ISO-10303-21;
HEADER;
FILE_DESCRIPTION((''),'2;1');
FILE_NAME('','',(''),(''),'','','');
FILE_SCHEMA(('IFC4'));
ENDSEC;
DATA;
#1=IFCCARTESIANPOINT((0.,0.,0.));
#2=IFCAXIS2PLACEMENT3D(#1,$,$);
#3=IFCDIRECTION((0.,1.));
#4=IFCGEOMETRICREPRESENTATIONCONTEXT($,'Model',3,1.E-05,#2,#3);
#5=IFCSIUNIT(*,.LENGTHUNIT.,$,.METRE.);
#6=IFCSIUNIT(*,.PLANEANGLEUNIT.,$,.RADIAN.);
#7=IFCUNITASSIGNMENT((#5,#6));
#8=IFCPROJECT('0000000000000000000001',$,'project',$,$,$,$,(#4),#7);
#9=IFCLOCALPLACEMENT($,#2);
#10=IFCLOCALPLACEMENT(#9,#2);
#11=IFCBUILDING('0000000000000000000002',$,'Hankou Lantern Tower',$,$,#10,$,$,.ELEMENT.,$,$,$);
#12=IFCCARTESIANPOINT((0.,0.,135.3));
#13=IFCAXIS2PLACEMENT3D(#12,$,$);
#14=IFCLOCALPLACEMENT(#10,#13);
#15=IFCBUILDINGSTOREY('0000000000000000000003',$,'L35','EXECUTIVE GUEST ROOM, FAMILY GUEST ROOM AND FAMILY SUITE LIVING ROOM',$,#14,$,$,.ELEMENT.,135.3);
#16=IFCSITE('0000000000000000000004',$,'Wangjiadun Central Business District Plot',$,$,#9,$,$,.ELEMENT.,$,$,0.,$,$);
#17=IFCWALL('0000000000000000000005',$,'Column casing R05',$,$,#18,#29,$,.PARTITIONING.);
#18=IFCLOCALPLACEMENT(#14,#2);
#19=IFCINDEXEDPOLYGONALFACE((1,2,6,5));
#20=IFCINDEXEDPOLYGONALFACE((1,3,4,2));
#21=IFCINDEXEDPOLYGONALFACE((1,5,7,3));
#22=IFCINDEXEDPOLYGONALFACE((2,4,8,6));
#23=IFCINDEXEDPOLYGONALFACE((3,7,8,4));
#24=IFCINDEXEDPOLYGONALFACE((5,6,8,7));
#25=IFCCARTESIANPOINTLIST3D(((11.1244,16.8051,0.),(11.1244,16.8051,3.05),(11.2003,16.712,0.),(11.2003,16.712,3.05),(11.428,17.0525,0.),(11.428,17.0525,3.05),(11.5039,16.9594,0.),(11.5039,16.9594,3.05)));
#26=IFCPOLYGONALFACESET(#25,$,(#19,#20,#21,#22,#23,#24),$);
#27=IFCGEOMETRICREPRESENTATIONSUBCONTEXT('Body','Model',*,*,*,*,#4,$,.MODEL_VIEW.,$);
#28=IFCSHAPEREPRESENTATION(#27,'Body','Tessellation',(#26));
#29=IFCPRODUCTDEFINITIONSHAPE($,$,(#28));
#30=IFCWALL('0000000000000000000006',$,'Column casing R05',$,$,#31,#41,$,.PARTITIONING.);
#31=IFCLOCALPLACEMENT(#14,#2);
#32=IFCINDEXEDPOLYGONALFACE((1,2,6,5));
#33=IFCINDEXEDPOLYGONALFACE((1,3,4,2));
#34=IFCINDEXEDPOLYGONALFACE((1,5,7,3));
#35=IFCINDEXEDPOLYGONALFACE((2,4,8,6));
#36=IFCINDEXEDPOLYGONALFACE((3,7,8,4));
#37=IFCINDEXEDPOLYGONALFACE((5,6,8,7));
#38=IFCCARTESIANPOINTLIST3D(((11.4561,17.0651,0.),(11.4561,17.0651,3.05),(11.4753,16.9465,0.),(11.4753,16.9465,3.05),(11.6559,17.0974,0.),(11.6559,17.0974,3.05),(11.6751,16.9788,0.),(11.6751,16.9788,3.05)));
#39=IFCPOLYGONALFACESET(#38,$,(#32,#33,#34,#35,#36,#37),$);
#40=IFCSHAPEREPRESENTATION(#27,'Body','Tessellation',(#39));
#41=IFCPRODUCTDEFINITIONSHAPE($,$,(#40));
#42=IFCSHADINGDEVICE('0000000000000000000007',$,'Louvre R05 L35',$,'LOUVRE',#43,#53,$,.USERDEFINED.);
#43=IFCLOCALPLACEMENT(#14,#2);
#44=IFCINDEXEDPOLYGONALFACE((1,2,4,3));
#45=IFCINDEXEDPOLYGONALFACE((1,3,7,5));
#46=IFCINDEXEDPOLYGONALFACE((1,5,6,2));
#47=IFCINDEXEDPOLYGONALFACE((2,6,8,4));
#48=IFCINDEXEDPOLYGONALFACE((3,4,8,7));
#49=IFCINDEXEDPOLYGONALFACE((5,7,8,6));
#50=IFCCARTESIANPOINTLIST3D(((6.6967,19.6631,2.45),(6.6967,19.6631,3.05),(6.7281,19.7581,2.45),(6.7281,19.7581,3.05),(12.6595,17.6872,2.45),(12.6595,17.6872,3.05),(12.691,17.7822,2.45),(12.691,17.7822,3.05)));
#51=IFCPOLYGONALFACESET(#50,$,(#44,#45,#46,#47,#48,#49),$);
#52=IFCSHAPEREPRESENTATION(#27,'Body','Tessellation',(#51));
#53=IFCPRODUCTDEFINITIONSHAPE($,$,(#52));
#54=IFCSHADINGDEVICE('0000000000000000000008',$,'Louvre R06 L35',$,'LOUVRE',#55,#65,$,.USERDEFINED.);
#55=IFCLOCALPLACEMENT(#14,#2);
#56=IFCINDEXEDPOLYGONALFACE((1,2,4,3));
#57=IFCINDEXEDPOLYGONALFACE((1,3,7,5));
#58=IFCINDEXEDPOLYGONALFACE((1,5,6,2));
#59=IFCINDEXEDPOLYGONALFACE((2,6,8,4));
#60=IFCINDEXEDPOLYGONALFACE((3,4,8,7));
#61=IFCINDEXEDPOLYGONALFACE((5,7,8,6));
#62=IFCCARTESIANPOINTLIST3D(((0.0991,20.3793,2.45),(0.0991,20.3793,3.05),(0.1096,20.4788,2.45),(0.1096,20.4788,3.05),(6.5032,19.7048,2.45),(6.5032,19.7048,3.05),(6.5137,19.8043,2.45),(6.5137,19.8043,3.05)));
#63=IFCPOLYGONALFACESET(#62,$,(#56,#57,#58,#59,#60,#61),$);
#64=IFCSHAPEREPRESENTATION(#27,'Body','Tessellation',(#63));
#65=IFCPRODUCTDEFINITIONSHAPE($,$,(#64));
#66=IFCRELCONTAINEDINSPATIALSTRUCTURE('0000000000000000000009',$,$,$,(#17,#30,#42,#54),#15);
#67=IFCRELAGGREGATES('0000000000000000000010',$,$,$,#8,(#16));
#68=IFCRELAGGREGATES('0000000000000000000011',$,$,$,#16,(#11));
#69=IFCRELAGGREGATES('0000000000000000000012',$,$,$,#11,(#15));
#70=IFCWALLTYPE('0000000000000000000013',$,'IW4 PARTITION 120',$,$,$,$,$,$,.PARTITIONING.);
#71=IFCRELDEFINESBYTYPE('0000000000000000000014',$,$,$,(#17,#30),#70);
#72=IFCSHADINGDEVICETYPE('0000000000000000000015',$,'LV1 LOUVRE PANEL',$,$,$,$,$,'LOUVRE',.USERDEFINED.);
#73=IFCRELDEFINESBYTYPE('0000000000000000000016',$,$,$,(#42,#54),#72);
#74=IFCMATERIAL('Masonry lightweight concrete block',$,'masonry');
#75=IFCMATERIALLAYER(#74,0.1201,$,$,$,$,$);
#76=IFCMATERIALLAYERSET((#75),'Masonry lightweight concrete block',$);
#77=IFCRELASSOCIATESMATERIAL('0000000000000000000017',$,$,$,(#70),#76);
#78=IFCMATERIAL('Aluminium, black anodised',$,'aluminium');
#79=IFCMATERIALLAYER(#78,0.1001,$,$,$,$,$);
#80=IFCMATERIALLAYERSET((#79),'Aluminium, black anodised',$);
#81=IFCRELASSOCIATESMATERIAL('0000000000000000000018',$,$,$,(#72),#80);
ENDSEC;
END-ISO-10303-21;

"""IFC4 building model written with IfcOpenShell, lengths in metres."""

from ifc_helpers import new_model, si_unit, direction, frame, frame_2d, origin, origin_2d, place, context, subcontext, project, spatial, rectangle, extrude, material, layer, layer_set, type_object, element, save


model = new_model("IFC4")

# Units and contexts
model_context = context("Model", 3, precision=1e-05, world=origin(), true_north=direction((0.0, 1.0)))
body_context = subcontext(model_context, "Body", "Model", "MODEL_VIEW")
ifc_project = project(units=[si_unit("LENGTHUNIT", "METRE"), si_unit("PLANEANGLEUNIT", "RADIAN")], contexts=[model_context])

# Site, building, storey
site_placement = place(None, origin())
site = spatial("IfcSite", under=ifc_project, at=site_placement, Name="Wangjiadun Central Business District Plot", CompositionType="ELEMENT", RefElevation=0.0)
building_placement = place(site_placement, origin())
building = spatial("IfcBuilding", under=site, at=building_placement, Name="Hankou Lantern Tower", CompositionType="ELEMENT")
storey_placement = place(building_placement, frame((0.0, 0.0, 135.3)))
storey = spatial("IfcBuildingStorey", under=building, at=storey_placement, Name="L35", Description="EXECUTIVE GUEST ROOM, FAMILY GUEST ROOM AND FAMILY SUITE LIVING ROOM", CompositionType="ELEMENT", Elevation=135.3)

# Walls
ifc_material_1 = material(Name="Masonry lightweight concrete block", Category="masonry")
ifc_layer_1 = layer(ifc_material_1, 0.1201)
ifc_layer_set_1 = layer_set([ifc_layer_1], Name="Masonry lightweight concrete block")
wall_type_1 = type_object("IfcWallType", Name="IW4 PARTITION 120", PredefinedType="PARTITIONING", material=ifc_layer_set_1)
wall_1_placement = place(storey_placement, frame((11.1624, 16.7585, 0.0), z_axis=(0.0, 0.0, 1.0), x_axis=(0.775178, 0.631742, 0.0)))
element("IfcWall", 1, at=wall_1_placement, inside=storey, type_object=wall_type_1, Name="Column casing R05", PredefinedType="PARTITIONING", context=body_context, shape_type="SweptSolid", body=[
    extrude(rectangle(XDim=0.3916, YDim=0.1201, at=frame_2d((0.1958, 0.0))), origin(), (0.0, 0.0, 1.0), 3.05),
])
wall_2_placement = place(storey_placement, frame((11.4658, 17.0059, 0.0), z_axis=(0.0, 0.0, 1.0), x_axis=(0.987229, 0.159308, 0.0)))
element("IfcWall", 2, at=wall_2_placement, inside=storey, type_object=wall_type_1, Name="Column casing R05", PredefinedType="PARTITIONING", context=body_context, shape_type="SweptSolid", body=[
    extrude(rectangle(XDim=0.2024, YDim=0.1201, at=frame_2d((0.1011, 0.0))), origin(), (0.0, 0.0, 1.0), 3.05),
])

# Shading devices
ifc_material_2 = material(Name="Aluminium, black anodised", Category="aluminium")
ifc_layer_2 = layer(ifc_material_2, 0.1001)
ifc_layer_set_2 = layer_set([ifc_layer_2], Name="Aluminium, black anodised")
shading_device_type = type_object("IfcShadingDeviceType", Name="LV1 LOUVRE PANEL", ElementType="LOUVRE", PredefinedType="USERDEFINED", material=ifc_layer_set_2)
shading_device_1_placement = place(storey_placement, frame((9.6938, 18.7227, 2.45), z_axis=(0.0, 0.0, 1.0), x_axis=(-0.949241, 0.314551, 0.0)))
element("IfcShadingDevice", 3, at=shading_device_1_placement, inside=storey, type_object=shading_device_type, Name="Louvre R05 L35", ObjectType="LOUVRE", PredefinedType="USERDEFINED", context=body_context, shape_type="SweptSolid", body=[
    extrude(rectangle(XDim=6.2817, YDim=0.1001, at=origin_2d()), origin(), (0.0, 0.0, 1.0), 0.6001),
])
shading_device_2_placement = place(storey_placement, frame((3.3064, 20.0918, 2.45), z_axis=(0.0, 0.0, 1.0), x_axis=(-0.994499, 0.104743, 0.0)))
element("IfcShadingDevice", 4, at=shading_device_2_placement, inside=storey, type_object=shading_device_type, Name="Louvre R06 L35", ObjectType="LOUVRE", PredefinedType="USERDEFINED", context=body_context, shape_type="SweptSolid", body=[
    extrude(rectangle(XDim=6.4395, YDim=0.1001, at=origin_2d()), origin(), (0.0, 0.0, 1.0), 0.6001),
])

save(model, "model.ifc")
